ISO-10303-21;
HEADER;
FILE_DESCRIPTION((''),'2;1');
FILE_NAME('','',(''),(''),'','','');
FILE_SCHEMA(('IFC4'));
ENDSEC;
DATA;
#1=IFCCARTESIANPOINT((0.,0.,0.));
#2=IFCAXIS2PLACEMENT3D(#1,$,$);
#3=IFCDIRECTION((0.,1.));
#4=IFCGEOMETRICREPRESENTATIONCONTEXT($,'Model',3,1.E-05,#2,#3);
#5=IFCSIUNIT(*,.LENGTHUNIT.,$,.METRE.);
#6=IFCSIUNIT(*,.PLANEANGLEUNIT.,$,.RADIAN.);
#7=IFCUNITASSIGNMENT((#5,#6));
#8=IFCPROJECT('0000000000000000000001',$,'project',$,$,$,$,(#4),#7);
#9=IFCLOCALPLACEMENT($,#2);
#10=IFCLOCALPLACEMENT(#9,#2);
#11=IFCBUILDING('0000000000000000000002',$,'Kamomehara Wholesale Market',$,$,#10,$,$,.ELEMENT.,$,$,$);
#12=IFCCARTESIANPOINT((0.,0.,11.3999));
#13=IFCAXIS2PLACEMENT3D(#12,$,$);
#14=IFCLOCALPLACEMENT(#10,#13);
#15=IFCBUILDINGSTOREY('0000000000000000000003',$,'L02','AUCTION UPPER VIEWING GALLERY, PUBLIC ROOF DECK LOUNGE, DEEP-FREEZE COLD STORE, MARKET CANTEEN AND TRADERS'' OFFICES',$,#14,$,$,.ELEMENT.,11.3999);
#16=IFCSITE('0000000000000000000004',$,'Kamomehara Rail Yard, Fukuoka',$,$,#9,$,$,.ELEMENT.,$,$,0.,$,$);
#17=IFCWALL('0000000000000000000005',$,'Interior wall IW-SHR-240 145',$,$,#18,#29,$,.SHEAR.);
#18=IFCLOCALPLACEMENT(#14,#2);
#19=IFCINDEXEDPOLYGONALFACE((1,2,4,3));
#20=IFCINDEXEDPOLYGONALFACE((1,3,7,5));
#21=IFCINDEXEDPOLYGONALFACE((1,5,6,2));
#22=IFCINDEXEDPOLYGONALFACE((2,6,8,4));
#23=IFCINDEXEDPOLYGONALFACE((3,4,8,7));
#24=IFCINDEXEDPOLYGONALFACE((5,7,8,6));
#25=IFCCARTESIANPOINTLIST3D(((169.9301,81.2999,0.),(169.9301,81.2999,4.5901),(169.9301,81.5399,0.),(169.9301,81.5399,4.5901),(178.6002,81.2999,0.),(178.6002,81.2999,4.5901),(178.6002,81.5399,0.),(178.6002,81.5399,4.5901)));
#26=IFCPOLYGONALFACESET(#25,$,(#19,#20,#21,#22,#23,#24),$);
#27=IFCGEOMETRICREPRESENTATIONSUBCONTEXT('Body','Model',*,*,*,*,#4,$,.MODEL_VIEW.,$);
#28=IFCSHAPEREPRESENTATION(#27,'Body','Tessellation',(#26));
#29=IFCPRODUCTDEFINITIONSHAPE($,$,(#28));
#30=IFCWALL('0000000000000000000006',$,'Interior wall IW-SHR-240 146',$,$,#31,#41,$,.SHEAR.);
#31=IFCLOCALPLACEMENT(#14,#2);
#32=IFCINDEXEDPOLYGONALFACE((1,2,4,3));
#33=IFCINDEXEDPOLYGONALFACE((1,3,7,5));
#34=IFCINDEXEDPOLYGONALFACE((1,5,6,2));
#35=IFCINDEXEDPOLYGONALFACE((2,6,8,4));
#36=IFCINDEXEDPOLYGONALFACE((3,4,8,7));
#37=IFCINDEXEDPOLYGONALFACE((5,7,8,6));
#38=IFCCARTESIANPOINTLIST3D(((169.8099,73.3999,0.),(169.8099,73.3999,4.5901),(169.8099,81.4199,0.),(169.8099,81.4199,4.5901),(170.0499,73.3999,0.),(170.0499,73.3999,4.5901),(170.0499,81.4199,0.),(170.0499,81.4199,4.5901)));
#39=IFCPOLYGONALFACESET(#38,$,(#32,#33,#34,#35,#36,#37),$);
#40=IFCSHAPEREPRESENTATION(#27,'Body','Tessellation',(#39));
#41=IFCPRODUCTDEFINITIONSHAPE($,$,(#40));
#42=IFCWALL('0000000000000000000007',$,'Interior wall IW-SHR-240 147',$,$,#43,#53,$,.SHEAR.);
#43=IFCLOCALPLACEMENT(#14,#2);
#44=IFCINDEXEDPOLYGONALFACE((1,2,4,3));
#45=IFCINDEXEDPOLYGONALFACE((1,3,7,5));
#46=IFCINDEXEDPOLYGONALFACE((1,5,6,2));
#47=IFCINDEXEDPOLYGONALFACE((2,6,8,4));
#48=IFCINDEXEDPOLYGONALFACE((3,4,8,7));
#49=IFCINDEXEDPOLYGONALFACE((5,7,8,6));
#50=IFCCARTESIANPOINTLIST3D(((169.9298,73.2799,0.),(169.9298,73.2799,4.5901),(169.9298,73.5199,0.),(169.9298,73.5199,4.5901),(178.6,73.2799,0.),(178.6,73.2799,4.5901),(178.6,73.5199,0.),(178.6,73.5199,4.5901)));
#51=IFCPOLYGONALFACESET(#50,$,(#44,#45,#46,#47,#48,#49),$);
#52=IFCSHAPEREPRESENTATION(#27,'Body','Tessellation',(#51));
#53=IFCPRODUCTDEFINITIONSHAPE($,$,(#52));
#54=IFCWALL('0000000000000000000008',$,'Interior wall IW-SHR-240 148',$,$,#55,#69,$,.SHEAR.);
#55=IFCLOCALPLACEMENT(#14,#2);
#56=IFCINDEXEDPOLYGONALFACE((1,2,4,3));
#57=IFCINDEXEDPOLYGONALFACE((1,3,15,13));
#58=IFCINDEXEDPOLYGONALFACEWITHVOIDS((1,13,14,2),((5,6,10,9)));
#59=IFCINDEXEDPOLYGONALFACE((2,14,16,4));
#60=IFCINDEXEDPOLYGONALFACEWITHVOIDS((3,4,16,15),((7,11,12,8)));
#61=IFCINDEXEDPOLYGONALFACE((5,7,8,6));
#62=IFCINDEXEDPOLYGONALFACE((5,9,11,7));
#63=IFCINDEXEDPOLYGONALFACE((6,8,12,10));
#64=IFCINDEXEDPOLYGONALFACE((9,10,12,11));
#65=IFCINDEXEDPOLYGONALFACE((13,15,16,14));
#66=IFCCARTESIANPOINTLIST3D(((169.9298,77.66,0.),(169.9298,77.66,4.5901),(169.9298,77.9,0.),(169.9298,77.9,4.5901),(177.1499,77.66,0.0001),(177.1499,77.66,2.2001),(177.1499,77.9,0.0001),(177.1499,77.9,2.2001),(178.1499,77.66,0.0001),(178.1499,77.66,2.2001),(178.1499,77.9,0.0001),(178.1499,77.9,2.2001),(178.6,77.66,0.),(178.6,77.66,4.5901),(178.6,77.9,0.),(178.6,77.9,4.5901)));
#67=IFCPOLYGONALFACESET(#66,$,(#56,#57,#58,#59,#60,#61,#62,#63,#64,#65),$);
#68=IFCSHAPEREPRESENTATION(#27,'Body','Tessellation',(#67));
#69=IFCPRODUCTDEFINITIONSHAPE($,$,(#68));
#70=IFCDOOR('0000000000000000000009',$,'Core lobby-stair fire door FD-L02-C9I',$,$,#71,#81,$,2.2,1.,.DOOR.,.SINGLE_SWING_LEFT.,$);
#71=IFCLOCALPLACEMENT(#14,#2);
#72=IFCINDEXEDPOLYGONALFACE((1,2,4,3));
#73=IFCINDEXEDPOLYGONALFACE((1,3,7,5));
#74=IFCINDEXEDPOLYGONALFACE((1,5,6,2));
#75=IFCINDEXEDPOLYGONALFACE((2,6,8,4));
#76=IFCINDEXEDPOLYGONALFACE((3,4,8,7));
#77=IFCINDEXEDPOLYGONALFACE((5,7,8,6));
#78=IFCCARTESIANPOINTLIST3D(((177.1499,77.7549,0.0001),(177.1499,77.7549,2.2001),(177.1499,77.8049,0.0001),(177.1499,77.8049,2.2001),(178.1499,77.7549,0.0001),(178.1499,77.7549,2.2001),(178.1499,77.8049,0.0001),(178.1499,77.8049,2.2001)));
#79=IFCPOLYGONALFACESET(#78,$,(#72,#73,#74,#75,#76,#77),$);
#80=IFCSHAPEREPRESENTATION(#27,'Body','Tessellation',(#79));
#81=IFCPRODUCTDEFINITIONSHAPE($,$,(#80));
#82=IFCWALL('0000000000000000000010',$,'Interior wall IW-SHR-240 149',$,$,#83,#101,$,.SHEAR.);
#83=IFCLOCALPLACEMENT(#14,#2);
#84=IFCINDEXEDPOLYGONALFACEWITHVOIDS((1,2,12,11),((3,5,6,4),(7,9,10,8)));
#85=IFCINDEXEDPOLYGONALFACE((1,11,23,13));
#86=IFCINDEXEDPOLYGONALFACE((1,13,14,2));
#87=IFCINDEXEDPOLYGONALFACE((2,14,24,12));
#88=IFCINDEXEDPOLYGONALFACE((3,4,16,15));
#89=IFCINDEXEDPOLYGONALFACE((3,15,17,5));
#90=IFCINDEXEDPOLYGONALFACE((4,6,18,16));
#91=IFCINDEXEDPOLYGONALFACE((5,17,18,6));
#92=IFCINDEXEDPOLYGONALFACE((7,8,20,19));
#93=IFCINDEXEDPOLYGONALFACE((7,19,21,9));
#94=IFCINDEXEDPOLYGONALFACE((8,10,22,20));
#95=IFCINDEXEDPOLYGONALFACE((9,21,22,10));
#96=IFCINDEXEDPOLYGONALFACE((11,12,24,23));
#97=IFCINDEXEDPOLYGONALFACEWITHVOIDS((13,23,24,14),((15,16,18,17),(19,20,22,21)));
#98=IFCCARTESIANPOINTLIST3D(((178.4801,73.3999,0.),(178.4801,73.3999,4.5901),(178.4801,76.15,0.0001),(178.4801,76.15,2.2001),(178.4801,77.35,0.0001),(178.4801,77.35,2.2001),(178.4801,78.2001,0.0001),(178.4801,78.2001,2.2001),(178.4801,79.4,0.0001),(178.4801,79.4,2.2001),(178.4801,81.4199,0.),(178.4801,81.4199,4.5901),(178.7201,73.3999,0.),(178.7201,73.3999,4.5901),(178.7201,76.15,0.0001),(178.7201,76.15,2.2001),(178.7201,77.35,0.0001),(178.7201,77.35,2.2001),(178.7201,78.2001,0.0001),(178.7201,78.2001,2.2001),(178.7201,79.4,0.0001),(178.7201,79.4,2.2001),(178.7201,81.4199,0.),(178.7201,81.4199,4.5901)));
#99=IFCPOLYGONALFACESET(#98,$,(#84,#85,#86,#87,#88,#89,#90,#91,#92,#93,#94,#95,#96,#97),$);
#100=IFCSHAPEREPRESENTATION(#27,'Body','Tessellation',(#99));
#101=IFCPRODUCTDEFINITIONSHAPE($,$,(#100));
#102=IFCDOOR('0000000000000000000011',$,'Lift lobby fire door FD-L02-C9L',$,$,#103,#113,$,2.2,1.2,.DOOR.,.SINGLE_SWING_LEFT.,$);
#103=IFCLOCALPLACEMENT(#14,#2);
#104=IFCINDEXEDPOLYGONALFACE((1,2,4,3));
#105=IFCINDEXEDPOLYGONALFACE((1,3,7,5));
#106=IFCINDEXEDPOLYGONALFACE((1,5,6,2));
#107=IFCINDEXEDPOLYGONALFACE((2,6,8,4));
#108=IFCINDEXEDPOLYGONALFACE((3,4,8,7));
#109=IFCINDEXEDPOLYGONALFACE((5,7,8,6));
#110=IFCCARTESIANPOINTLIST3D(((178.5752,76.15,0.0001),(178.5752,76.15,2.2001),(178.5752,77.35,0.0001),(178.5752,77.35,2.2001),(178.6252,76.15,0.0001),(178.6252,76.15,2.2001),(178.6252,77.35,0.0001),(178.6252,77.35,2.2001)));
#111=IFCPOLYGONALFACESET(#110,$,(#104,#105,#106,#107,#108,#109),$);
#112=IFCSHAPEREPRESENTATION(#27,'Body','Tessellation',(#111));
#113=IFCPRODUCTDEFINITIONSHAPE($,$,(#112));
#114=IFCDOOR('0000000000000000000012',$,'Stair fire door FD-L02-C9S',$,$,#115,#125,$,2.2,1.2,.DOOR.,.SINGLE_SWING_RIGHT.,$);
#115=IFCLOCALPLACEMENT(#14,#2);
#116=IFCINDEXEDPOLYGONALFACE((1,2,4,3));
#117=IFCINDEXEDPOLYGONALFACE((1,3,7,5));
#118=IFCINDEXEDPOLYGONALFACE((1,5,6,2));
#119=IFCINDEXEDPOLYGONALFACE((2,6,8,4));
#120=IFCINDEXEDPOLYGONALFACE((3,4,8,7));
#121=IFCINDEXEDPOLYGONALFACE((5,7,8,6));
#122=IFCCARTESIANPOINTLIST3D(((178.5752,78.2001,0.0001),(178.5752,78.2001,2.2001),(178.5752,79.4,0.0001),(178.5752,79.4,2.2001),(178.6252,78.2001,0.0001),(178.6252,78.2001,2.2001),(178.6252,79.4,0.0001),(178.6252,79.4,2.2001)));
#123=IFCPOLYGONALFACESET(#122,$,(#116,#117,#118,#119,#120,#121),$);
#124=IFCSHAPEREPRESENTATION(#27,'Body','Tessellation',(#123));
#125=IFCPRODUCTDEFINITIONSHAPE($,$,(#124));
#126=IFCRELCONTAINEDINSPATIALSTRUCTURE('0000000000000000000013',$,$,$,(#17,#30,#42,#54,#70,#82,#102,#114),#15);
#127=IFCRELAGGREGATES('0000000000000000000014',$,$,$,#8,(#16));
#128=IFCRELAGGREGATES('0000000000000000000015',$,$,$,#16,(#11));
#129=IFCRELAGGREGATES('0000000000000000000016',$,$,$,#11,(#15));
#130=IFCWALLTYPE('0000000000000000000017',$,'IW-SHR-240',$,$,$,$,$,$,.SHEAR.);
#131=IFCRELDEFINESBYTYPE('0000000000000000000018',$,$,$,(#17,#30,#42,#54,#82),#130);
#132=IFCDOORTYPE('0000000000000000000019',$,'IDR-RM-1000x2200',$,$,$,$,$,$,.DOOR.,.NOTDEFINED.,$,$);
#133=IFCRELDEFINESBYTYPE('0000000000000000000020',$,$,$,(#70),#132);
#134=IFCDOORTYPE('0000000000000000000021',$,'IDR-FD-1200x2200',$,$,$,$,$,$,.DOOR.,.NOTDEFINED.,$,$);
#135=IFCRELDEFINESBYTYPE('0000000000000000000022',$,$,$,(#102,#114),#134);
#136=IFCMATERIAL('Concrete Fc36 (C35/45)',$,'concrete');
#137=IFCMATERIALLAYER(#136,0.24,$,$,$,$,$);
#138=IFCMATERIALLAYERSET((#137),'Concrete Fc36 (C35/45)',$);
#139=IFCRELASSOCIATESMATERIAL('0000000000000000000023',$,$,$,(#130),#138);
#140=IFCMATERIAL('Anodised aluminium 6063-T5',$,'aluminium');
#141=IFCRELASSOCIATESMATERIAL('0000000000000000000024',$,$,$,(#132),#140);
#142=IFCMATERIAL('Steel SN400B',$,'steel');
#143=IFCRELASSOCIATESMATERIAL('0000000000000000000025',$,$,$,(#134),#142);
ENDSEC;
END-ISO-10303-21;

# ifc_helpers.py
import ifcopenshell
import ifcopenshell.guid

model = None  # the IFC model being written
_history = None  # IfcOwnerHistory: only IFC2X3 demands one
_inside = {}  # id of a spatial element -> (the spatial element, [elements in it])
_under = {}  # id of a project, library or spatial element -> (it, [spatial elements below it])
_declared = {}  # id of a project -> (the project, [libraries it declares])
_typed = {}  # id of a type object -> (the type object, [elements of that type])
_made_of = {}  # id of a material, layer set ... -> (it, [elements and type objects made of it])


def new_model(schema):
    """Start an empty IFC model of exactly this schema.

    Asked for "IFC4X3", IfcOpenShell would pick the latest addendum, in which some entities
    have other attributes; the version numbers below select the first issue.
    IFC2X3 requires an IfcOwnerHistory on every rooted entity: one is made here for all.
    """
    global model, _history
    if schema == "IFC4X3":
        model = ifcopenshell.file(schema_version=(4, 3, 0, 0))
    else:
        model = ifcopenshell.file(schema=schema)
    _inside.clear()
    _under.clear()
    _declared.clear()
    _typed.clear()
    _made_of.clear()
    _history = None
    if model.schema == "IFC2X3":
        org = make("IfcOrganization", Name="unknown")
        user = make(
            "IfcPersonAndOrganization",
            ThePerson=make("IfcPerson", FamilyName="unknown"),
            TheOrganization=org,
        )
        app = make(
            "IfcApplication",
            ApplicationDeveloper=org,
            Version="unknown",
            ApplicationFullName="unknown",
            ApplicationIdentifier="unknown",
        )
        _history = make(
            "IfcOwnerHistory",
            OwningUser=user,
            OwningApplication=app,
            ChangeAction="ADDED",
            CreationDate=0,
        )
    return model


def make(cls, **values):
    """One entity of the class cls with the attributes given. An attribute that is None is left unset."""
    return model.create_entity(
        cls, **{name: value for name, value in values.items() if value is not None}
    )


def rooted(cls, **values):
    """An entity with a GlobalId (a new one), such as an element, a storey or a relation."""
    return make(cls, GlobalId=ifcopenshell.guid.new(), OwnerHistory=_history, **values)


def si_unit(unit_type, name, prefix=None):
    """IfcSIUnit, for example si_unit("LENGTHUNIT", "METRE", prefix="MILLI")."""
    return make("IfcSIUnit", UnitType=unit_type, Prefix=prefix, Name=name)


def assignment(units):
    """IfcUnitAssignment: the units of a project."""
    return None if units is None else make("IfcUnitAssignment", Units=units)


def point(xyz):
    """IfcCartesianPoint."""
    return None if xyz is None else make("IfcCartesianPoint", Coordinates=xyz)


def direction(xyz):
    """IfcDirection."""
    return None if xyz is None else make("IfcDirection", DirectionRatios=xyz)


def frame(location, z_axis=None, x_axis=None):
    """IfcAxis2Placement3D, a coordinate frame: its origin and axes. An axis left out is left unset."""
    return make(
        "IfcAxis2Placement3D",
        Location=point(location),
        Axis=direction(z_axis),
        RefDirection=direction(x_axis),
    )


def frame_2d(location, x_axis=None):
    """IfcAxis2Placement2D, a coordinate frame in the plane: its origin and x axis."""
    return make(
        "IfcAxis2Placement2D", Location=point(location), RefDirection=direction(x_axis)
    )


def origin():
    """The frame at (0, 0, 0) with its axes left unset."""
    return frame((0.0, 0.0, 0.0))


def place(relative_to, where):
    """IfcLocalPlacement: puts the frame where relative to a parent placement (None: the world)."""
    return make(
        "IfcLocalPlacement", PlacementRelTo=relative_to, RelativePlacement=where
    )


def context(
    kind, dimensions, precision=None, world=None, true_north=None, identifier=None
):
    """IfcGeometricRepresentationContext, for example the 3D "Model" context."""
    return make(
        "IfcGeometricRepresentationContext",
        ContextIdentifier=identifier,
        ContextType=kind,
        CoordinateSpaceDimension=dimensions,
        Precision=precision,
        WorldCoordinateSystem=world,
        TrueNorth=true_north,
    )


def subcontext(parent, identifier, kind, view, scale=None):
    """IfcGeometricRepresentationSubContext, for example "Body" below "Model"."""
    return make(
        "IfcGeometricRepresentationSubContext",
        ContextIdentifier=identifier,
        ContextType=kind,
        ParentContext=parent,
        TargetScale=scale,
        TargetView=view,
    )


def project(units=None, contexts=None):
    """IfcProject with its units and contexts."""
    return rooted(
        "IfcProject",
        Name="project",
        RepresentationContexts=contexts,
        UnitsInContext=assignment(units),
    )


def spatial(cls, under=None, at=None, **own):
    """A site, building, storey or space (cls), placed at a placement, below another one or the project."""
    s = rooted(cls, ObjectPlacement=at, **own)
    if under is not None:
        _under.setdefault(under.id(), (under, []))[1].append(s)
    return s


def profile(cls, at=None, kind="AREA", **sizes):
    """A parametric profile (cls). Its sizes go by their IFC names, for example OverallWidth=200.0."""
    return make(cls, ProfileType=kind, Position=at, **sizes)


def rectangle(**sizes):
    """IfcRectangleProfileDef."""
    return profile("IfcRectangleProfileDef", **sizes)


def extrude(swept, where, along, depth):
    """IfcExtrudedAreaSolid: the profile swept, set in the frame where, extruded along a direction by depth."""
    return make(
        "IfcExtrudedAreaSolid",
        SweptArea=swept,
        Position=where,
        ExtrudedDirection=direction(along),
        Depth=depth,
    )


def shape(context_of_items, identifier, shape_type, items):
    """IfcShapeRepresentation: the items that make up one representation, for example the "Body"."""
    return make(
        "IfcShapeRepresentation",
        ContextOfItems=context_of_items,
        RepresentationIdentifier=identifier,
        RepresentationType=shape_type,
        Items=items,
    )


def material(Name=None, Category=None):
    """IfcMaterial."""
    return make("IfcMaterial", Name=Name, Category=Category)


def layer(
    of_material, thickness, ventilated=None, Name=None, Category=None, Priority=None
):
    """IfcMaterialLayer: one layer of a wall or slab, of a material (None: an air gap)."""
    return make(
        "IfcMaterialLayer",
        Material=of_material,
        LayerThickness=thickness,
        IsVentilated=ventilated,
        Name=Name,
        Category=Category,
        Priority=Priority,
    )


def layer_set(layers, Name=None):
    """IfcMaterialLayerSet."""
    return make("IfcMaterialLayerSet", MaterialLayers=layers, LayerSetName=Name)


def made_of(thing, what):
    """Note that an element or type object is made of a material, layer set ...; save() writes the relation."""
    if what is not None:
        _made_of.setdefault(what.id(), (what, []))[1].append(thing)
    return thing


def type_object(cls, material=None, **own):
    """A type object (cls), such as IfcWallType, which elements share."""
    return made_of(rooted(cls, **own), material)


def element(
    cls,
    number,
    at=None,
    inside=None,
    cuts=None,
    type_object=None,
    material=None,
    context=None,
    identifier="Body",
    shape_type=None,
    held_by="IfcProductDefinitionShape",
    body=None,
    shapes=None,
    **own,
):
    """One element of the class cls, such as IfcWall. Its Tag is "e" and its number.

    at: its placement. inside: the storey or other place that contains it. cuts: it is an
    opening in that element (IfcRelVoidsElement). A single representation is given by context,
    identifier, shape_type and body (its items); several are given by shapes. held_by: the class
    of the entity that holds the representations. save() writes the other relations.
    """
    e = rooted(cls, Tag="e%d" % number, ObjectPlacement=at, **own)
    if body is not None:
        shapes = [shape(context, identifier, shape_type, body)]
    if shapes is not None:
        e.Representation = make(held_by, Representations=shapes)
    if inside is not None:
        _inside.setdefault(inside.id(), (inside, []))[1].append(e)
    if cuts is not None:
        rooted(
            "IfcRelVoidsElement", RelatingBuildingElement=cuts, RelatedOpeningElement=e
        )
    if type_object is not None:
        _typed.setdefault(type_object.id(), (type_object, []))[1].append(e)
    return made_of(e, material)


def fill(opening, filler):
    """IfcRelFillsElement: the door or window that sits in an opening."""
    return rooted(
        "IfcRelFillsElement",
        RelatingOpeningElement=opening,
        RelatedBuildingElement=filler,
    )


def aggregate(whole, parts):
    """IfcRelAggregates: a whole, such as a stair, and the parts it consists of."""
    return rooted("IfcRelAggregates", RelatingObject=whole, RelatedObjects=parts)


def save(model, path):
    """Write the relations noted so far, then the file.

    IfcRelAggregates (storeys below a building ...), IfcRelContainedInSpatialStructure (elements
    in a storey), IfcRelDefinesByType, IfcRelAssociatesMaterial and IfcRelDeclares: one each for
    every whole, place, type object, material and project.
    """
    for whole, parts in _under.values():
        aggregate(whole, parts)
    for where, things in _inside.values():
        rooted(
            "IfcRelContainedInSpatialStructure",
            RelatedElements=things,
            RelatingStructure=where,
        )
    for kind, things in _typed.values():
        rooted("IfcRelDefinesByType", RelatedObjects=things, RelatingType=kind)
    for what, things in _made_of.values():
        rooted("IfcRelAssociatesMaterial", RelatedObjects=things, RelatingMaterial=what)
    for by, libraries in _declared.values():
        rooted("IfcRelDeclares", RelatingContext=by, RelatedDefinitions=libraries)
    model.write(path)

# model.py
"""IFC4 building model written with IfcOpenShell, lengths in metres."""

from ifc_helpers import new_model, si_unit, direction, frame, frame_2d, origin, place, context, subcontext, project, spatial, rectangle, extrude, material, layer, layer_set, type_object, element, fill, save


model = new_model("IFC4")

# Units and contexts
model_context = context("Model", 3, precision=1e-05, world=origin(), true_north=direction((0.0, 1.0)))
body_context = subcontext(model_context, "Body", "Model", "MODEL_VIEW")
ifc_project = project(units=[si_unit("LENGTHUNIT", "METRE"), si_unit("PLANEANGLEUNIT", "RADIAN")], contexts=[model_context])

# Site, building, storey
site_placement = place(None, origin())
site = spatial("IfcSite", under=ifc_project, at=site_placement, Name="Kamomehara Rail Yard, Fukuoka", CompositionType="ELEMENT", RefElevation=0.0)
building_placement = place(site_placement, origin())
building = spatial("IfcBuilding", under=site, at=building_placement, Name="Kamomehara Wholesale Market", CompositionType="ELEMENT")
storey_placement = place(building_placement, frame((0.0, 0.0, 11.3999)))
storey = spatial("IfcBuildingStorey", under=building, at=storey_placement, Name="L02", Description="AUCTION UPPER VIEWING GALLERY, PUBLIC ROOF DECK LOUNGE, DEEP-FREEZE COLD STORE, MARKET CANTEEN AND TRADERS' OFFICES", CompositionType="ELEMENT", Elevation=11.3999)

# Walls
ifc_material_1 = material(Name="Concrete Fc36 (C35/45)", Category="concrete")
ifc_layer_1 = layer(ifc_material_1, 0.24)
ifc_layer_set_1 = layer_set([ifc_layer_1], Name="Concrete Fc36 (C35/45)")
wall_type_1 = type_object("IfcWallType", Name="IW-SHR-240", PredefinedType="SHEAR", material=ifc_layer_set_1)
wall_1_placement = place(storey_placement, frame((178.6001, 81.4199, 0.0), z_axis=(0.0, 0.0, 1.0), x_axis=(-1.0, 0.0, 0.0)))
element("IfcWall", 1, at=wall_1_placement, inside=storey, type_object=wall_type_1, Name="Interior wall IW-SHR-240 145", PredefinedType="SHEAR", context=body_context, shape_type="SweptSolid", body=[
    extrude(rectangle(XDim=8.6702, YDim=0.24, at=frame_2d((4.335, 0.0))), origin(), (0.0, 0.0, 1.0), 4.5901),
])
wall_2_placement = place(storey_placement, frame((169.9299, 81.4199, 0.0), z_axis=(0.0, 0.0, 1.0), x_axis=(0.0, -1.0, 0.0)))
element("IfcWall", 2, at=wall_2_placement, inside=storey, type_object=wall_type_1, Name="Interior wall IW-SHR-240 146", PredefinedType="SHEAR", context=body_context, shape_type="SweptSolid", body=[
    extrude(rectangle(XDim=8.02, YDim=0.24, at=frame_2d((4.01, 0.0))), origin(), (0.0, 0.0, 1.0), 4.5901),
])
wall_3_placement = place(storey_placement, frame((169.9299, 73.3999, 0.0), z_axis=(0.0, 0.0, 1.0), x_axis=(1.0, 0.0, 0.0)))
element("IfcWall", 3, at=wall_3_placement, inside=storey, type_object=wall_type_1, Name="Interior wall IW-SHR-240 147", PredefinedType="SHEAR", context=body_context, shape_type="SweptSolid", body=[
    extrude(rectangle(XDim=8.6702, YDim=0.24, at=frame_2d((4.335, 0.0))), origin(), (0.0, 0.0, 1.0), 4.5901),
])

# Wall, opening, door
wall_4_placement = place(storey_placement, frame((169.9299, 77.78, 0.0), z_axis=(0.0, 0.0, 1.0), x_axis=(1.0, 0.0, 0.0)))
wall_4 = element("IfcWall", 4, at=wall_4_placement, inside=storey, type_object=wall_type_1, Name="Interior wall IW-SHR-240 148", PredefinedType="SHEAR", context=body_context, shape_type="SweptSolid", body=[
    extrude(rectangle(XDim=8.6702, YDim=0.24, at=frame_2d((4.335, 0.0))), origin(), (0.0, 0.0, 1.0), 4.5901),
])
opening_1_placement = place(wall_4_placement, frame((7.22, 0.0, 0.0)))
opening_1 = element("IfcOpeningElement", 5, at=opening_1_placement, cuts=wall_4, PredefinedType="OPENING", context=body_context, shape_type="SweptSolid", body=[
    extrude(rectangle(XDim=1.0, YDim=2.2, at=frame_2d((0.5, 1.1001))), frame((0.0, 0.1348, 0.0), z_axis=(0.0, -1.0, 0.0), x_axis=(1.0, 0.0, 0.0)), (0.0, 0.0, 1.0), 0.2698),
])
ifc_material_2 = material(Name="Anodised aluminium 6063-T5", Category="aluminium")
door_type_1 = type_object("IfcDoorType", Name="IDR-RM-1000x2200", OperationType="NOTDEFINED", PredefinedType="DOOR", material=ifc_material_2)
door_1_placement = place(opening_1_placement, origin())
door_1 = element("IfcDoor", 6, at=door_1_placement, inside=storey, type_object=door_type_1, Name="Core lobby-stair fire door FD-L02-C9I", OperationType="SINGLE_SWING_LEFT", OverallHeight=2.2, OverallWidth=1.0, PredefinedType="DOOR", context=body_context, shape_type="SweptSolid", body=[
    extrude(rectangle(XDim=1.0, YDim=2.2, at=frame_2d((0.5, 1.1001))), frame((0.0, 0.0249, 0.0), z_axis=(0.0, -1.0, 0.0), x_axis=(1.0, 0.0, 0.0)), (0.0, 0.0, 1.0), 0.05),
])
fill(opening_1, door_1)

# Wall, openings, doors
wall_5_placement = place(storey_placement, frame((178.6001, 73.3999, 0.0), z_axis=(0.0, 0.0, 1.0), x_axis=(0.0, 1.0, 0.0)))
wall_5 = element("IfcWall", 7, at=wall_5_placement, inside=storey, type_object=wall_type_1, Name="Interior wall IW-SHR-240 149", PredefinedType="SHEAR", context=body_context, shape_type="SweptSolid", body=[
    extrude(rectangle(XDim=8.02, YDim=0.24, at=frame_2d((4.01, 0.0))), origin(), (0.0, 0.0, 1.0), 4.5901),
])
opening_2_placement = place(wall_5_placement, frame((2.75, 0.0, 0.0)))
opening_2 = element("IfcOpeningElement", 8, at=opening_2_placement, cuts=wall_5, PredefinedType="OPENING", context=body_context, shape_type="SweptSolid", body=[
    extrude(rectangle(XDim=1.2, YDim=2.2, at=frame_2d((0.6001, 1.1001))), frame((0.0, 0.1348, 0.0), z_axis=(0.0, -1.0, 0.0), x_axis=(1.0, 0.0, 0.0)), (0.0, 0.0, 1.0), 0.2698),
])
opening_3_placement = place(wall_5_placement, frame((4.8, 0.0, 0.0)))
opening_3 = element("IfcOpeningElement", 9, at=opening_3_placement, cuts=wall_5, PredefinedType="OPENING", context=body_context, shape_type="SweptSolid", body=[
    extrude(rectangle(XDim=1.2, YDim=2.2, at=frame_2d((0.6001, 1.1001))), frame((0.0, 0.1348, 0.0), z_axis=(0.0, -1.0, 0.0), x_axis=(1.0, 0.0, 0.0)), (0.0, 0.0, 1.0), 0.2698),
])
ifc_material_3 = material(Name="Steel SN400B", Category="steel")
door_type_2 = type_object("IfcDoorType", Name="IDR-FD-1200x2200", OperationType="NOTDEFINED", PredefinedType="DOOR", material=ifc_material_3)
door_2_placement = place(opening_2_placement, origin())
door_2 = element("IfcDoor", 10, at=door_2_placement, inside=storey, type_object=door_type_2, Name="Lift lobby fire door FD-L02-C9L", OperationType="SINGLE_SWING_LEFT", OverallHeight=2.2, OverallWidth=1.2, PredefinedType="DOOR", context=body_context, shape_type="SweptSolid", body=[
    extrude(rectangle(XDim=1.2, YDim=2.2, at=frame_2d((0.6001, 1.1001))), frame((0.0, 0.0249, 0.0), z_axis=(0.0, -1.0, 0.0), x_axis=(1.0, 0.0, 0.0)), (0.0, 0.0, 1.0), 0.05),
])
fill(opening_2, door_2)
door_3_placement = place(opening_3_placement, origin())
door_3 = element("IfcDoor", 11, at=door_3_placement, inside=storey, type_object=door_type_2, Name="Stair fire door FD-L02-C9S", OperationType="SINGLE_SWING_RIGHT", OverallHeight=2.2, OverallWidth=1.2, PredefinedType="DOOR", context=body_context, shape_type="SweptSolid", body=[
    extrude(rectangle(XDim=1.2, YDim=2.2, at=frame_2d((0.6001, 1.1001))), frame((0.0, 0.0249, 0.0), z_axis=(0.0, -1.0, 0.0), x_axis=(1.0, 0.0, 0.0)), (0.0, 0.0, 1.0), 0.05),
])
fill(opening_3, door_3)

save(model, "model.ifc")
